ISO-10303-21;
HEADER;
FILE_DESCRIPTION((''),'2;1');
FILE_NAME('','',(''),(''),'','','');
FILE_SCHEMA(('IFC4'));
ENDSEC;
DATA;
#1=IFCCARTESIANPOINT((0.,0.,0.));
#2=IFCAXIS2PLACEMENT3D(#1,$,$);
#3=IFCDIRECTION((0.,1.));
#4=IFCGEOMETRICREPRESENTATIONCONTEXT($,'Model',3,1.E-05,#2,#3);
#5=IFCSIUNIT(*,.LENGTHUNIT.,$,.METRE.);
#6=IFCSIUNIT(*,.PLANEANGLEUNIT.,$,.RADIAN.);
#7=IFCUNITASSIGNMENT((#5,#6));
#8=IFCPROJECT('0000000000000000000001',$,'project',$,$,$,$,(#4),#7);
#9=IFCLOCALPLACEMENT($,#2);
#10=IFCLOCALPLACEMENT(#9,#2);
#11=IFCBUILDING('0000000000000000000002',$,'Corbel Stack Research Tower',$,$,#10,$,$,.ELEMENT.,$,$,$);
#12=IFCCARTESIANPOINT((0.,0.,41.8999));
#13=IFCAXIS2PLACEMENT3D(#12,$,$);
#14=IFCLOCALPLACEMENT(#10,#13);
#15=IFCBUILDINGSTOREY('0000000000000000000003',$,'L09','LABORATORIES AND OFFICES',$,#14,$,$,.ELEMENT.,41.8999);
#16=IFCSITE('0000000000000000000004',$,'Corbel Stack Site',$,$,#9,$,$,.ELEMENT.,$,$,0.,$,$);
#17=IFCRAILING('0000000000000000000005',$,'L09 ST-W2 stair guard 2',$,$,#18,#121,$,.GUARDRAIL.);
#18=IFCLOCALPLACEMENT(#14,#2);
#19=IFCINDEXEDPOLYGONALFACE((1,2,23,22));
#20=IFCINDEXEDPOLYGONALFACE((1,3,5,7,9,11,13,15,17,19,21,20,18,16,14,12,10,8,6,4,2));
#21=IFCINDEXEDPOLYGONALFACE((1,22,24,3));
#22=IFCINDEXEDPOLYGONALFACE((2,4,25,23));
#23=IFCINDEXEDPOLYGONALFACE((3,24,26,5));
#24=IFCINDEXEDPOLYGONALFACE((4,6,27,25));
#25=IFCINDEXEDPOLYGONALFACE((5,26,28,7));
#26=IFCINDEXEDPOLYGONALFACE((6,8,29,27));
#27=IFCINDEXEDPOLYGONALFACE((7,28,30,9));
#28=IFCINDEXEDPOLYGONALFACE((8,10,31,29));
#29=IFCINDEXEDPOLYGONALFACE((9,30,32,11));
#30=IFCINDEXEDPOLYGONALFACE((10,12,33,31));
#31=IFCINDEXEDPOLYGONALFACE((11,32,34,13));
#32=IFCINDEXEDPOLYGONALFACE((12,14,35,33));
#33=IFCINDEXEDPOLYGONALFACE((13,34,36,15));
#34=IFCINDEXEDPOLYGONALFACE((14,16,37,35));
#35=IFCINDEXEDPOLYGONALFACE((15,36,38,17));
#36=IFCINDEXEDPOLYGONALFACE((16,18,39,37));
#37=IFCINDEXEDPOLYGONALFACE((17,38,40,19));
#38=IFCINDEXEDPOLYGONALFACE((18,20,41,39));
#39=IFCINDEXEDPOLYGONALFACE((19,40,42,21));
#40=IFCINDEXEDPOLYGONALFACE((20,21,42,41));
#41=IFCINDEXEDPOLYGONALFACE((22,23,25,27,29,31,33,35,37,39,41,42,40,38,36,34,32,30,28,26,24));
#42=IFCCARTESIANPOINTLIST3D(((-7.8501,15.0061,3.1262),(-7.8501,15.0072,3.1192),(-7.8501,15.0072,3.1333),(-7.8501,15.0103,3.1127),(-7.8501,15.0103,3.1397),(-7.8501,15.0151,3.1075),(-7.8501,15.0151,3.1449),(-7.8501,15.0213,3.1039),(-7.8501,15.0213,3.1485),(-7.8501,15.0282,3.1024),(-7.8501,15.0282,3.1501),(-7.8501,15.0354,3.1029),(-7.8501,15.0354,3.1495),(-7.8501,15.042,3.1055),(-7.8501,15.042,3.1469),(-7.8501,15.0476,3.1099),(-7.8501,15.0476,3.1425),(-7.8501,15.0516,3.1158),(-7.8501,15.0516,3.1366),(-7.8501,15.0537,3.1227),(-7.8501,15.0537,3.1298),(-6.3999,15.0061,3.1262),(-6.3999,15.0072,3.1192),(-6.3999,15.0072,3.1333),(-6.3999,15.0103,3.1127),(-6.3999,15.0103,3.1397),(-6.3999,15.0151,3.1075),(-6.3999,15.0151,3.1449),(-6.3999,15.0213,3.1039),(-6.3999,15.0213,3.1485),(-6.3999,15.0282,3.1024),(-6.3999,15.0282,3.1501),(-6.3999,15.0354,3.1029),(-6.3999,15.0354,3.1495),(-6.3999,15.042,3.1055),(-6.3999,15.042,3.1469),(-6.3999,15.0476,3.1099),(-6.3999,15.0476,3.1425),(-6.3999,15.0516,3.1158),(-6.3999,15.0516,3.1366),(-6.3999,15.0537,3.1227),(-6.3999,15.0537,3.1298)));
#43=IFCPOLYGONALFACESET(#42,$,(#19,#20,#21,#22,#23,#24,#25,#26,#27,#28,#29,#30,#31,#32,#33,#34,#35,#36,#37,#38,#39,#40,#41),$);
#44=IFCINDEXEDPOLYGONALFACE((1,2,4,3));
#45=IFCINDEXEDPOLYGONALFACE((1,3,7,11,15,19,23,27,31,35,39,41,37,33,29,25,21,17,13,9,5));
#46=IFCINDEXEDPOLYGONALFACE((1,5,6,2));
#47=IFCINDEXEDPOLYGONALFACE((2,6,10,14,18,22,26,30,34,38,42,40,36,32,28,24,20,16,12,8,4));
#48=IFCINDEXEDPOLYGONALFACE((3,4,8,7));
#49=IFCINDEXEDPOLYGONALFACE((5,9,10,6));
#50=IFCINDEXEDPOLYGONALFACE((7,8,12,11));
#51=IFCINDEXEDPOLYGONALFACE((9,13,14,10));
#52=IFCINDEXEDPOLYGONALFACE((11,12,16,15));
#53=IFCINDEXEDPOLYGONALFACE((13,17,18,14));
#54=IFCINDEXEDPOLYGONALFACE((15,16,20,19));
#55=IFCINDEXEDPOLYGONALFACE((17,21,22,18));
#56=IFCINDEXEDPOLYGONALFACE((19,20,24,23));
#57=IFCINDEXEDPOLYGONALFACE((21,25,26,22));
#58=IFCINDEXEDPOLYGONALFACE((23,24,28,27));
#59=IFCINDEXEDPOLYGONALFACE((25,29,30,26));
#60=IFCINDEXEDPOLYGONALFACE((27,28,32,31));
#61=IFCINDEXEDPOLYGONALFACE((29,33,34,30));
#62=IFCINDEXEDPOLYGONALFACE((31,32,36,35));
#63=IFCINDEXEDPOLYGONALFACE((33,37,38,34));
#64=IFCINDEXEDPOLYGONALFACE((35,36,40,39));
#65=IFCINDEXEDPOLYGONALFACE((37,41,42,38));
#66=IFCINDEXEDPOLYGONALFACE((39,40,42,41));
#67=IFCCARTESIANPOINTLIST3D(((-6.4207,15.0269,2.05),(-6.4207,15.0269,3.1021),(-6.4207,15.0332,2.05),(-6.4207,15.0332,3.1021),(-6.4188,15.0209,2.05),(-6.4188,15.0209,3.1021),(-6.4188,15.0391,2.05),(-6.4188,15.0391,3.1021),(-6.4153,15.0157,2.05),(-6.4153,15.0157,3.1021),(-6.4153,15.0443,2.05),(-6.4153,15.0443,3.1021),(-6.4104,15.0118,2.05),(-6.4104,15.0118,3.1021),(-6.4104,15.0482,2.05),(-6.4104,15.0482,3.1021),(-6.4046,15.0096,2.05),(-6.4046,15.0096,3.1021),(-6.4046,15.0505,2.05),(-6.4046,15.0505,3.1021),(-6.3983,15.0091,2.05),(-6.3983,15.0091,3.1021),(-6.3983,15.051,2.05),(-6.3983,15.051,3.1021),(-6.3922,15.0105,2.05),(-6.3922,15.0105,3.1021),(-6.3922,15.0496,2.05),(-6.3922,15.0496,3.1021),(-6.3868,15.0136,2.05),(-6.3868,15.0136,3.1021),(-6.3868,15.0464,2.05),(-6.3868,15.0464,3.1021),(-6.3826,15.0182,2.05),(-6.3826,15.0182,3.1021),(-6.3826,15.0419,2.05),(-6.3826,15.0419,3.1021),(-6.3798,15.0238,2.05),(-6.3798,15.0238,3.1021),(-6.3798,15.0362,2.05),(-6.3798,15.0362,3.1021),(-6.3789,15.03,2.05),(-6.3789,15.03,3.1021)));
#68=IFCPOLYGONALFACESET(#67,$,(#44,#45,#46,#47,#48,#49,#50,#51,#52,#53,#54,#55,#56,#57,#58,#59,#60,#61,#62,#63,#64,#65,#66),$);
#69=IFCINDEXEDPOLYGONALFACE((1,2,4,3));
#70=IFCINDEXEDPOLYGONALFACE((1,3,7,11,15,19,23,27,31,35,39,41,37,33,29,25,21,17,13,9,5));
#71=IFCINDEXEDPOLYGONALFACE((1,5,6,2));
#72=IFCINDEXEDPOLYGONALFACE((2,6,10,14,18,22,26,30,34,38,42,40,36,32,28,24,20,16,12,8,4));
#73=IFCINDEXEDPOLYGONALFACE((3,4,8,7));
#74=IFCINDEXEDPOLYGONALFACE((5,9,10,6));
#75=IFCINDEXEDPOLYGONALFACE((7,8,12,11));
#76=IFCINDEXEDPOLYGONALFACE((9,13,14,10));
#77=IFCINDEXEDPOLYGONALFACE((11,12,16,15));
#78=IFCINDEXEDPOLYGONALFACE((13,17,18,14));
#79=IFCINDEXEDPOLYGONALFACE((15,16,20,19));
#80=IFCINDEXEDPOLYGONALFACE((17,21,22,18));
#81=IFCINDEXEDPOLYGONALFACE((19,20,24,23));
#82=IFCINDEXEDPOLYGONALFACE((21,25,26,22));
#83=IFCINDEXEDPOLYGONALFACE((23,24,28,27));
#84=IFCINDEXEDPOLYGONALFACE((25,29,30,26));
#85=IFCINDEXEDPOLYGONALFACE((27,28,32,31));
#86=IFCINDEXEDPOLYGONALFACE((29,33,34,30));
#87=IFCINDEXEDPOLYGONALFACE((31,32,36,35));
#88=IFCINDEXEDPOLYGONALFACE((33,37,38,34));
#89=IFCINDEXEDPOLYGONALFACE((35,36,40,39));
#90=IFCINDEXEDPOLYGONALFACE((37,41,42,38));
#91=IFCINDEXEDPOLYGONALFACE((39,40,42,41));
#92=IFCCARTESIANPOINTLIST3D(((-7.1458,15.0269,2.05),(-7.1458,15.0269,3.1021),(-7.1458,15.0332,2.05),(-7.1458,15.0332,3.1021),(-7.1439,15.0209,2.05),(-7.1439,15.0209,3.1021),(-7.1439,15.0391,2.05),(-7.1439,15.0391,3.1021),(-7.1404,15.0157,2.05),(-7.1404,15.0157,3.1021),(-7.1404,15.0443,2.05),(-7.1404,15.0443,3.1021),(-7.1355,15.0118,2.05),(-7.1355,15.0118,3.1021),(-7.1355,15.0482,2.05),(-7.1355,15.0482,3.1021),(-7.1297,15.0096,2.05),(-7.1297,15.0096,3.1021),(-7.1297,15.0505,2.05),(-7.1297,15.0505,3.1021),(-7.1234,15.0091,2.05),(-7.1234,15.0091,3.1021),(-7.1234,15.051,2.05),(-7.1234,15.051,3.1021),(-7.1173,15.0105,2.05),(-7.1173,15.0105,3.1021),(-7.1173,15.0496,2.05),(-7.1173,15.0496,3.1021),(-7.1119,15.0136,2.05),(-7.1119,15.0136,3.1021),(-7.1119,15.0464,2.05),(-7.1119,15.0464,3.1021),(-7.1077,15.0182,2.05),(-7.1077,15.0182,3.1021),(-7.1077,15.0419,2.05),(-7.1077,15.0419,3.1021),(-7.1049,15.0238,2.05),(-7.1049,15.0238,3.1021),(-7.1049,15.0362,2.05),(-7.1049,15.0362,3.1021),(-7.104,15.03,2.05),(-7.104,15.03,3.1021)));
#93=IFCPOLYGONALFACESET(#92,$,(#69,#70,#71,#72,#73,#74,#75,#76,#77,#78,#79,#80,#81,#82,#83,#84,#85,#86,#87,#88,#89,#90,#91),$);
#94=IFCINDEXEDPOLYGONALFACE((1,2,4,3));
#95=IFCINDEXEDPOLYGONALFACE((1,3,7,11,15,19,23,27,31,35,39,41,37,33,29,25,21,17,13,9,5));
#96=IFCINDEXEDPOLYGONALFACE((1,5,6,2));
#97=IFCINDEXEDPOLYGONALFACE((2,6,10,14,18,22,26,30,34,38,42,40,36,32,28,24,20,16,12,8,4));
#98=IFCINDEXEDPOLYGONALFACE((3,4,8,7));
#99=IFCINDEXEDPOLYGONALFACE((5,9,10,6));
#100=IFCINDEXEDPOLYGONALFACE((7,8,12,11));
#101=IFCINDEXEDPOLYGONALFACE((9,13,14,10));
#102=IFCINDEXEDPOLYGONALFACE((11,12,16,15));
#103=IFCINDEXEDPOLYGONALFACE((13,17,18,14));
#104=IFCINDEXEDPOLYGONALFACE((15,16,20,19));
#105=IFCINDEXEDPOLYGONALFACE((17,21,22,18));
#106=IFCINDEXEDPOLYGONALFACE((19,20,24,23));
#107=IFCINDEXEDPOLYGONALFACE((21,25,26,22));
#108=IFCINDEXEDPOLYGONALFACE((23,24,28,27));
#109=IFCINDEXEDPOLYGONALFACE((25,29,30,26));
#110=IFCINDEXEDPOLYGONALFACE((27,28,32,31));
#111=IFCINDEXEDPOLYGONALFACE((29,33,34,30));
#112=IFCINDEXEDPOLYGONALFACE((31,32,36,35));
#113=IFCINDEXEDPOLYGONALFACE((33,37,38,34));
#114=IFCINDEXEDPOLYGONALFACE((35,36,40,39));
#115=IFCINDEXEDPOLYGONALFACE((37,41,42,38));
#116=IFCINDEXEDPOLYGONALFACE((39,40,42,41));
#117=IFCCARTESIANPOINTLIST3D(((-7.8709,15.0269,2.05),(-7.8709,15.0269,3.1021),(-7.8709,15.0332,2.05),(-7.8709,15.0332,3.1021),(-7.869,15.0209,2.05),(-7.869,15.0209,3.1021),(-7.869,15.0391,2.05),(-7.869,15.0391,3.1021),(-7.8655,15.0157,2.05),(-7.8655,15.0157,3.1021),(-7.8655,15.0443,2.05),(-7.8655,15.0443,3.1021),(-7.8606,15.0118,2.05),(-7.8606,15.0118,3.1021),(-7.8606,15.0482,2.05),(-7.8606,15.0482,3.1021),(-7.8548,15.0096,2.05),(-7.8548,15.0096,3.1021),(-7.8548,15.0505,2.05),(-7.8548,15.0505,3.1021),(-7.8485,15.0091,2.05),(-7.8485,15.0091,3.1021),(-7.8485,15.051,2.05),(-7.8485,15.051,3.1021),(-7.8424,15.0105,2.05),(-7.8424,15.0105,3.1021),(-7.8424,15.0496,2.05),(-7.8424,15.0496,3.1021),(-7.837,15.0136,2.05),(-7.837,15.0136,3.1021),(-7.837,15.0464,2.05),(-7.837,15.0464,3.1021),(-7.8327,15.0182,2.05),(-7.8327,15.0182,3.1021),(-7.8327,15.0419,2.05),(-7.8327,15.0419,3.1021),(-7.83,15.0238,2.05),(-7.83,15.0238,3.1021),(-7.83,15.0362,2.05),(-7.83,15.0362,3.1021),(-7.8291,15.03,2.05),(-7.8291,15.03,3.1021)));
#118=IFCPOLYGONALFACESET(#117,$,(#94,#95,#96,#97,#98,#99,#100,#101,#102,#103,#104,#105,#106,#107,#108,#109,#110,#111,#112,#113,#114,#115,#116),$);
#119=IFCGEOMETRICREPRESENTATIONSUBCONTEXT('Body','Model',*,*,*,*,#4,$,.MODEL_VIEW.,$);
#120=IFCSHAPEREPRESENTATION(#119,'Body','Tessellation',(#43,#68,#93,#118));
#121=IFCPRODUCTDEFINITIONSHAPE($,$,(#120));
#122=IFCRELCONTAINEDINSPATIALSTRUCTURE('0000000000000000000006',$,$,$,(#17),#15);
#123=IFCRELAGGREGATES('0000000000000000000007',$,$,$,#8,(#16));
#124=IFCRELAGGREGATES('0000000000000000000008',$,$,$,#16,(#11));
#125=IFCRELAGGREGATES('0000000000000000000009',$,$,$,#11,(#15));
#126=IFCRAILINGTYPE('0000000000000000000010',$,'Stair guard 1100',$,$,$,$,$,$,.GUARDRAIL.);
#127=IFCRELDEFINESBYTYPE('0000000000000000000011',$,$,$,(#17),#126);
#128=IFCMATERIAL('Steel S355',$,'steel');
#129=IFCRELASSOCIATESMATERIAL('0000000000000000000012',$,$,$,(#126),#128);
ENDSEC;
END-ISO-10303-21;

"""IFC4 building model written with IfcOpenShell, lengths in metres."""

from ifc_helpers import new_model, si_unit, direction, frame, origin, origin_2d, place, context, subcontext, project, spatial, circle, extrude, material, type_object, element, save


model = new_model("IFC4")

# Units and contexts
model_context = context("Model", 3, precision=1e-05, world=origin(), true_north=direction((0.0, 1.0)))
body_context = subcontext(model_context, "Body", "Model", "MODEL_VIEW")
ifc_project = project(units=[si_unit("LENGTHUNIT", "METRE"), si_unit("PLANEANGLEUNIT", "RADIAN")], contexts=[model_context])

# Site, building, storey
site_placement = place(None, origin())
site = spatial("IfcSite", under=ifc_project, at=site_placement, Name="Corbel Stack Site", CompositionType="ELEMENT", RefElevation=0.0)
building_placement = place(site_placement, origin())
building = spatial("IfcBuilding", under=site, at=building_placement, Name="Corbel Stack Research Tower", CompositionType="ELEMENT")
storey_placement = place(building_placement, frame((0.0, 0.0, 41.8999)))
storey = spatial("IfcBuildingStorey", under=building, at=storey_placement, Name="L09", Description="LABORATORIES AND OFFICES", CompositionType="ELEMENT", Elevation=41.8999)

# Railing
ifc_material_1 = material(Name="Steel S355", Category="steel")
railing_type_1 = type_object("IfcRailingType", Name="Stair guard 1100", PredefinedType="GUARDRAIL", material=ifc_material_1)
railing_1_placement = place(storey_placement, frame((-6.3999, 15.03, 2.05)))
element("IfcRailing", 1, at=railing_1_placement, inside=storey, type_object=railing_type_1, Name="L09 ST-W2 stair guard 2", PredefinedType="GUARDRAIL", context=body_context, shape_type="SweptSolid", body=[
    extrude(circle(Radius=0.0239, at=origin_2d()), frame((0.0, 0.0, 1.0762), z_axis=(-1.0, 0.0, 0.0), x_axis=(0.0, -1.0, 0.0)), (0.0, 0.0, 1.0), 1.4502),
    extrude(circle(Radius=0.021, at=origin_2d()), origin(), (0.0, 0.0, 1.0), 1.052),
    extrude(circle(Radius=0.021, at=origin_2d()), frame((-0.7251, 0.0, 0.0)), (0.0, 0.0, 1.0), 1.052),
    extrude(circle(Radius=0.021, at=origin_2d()), frame((-1.4502, 0.0, 0.0)), (0.0, 0.0, 1.0), 1.052),
])

save(model, "model.ifc")
